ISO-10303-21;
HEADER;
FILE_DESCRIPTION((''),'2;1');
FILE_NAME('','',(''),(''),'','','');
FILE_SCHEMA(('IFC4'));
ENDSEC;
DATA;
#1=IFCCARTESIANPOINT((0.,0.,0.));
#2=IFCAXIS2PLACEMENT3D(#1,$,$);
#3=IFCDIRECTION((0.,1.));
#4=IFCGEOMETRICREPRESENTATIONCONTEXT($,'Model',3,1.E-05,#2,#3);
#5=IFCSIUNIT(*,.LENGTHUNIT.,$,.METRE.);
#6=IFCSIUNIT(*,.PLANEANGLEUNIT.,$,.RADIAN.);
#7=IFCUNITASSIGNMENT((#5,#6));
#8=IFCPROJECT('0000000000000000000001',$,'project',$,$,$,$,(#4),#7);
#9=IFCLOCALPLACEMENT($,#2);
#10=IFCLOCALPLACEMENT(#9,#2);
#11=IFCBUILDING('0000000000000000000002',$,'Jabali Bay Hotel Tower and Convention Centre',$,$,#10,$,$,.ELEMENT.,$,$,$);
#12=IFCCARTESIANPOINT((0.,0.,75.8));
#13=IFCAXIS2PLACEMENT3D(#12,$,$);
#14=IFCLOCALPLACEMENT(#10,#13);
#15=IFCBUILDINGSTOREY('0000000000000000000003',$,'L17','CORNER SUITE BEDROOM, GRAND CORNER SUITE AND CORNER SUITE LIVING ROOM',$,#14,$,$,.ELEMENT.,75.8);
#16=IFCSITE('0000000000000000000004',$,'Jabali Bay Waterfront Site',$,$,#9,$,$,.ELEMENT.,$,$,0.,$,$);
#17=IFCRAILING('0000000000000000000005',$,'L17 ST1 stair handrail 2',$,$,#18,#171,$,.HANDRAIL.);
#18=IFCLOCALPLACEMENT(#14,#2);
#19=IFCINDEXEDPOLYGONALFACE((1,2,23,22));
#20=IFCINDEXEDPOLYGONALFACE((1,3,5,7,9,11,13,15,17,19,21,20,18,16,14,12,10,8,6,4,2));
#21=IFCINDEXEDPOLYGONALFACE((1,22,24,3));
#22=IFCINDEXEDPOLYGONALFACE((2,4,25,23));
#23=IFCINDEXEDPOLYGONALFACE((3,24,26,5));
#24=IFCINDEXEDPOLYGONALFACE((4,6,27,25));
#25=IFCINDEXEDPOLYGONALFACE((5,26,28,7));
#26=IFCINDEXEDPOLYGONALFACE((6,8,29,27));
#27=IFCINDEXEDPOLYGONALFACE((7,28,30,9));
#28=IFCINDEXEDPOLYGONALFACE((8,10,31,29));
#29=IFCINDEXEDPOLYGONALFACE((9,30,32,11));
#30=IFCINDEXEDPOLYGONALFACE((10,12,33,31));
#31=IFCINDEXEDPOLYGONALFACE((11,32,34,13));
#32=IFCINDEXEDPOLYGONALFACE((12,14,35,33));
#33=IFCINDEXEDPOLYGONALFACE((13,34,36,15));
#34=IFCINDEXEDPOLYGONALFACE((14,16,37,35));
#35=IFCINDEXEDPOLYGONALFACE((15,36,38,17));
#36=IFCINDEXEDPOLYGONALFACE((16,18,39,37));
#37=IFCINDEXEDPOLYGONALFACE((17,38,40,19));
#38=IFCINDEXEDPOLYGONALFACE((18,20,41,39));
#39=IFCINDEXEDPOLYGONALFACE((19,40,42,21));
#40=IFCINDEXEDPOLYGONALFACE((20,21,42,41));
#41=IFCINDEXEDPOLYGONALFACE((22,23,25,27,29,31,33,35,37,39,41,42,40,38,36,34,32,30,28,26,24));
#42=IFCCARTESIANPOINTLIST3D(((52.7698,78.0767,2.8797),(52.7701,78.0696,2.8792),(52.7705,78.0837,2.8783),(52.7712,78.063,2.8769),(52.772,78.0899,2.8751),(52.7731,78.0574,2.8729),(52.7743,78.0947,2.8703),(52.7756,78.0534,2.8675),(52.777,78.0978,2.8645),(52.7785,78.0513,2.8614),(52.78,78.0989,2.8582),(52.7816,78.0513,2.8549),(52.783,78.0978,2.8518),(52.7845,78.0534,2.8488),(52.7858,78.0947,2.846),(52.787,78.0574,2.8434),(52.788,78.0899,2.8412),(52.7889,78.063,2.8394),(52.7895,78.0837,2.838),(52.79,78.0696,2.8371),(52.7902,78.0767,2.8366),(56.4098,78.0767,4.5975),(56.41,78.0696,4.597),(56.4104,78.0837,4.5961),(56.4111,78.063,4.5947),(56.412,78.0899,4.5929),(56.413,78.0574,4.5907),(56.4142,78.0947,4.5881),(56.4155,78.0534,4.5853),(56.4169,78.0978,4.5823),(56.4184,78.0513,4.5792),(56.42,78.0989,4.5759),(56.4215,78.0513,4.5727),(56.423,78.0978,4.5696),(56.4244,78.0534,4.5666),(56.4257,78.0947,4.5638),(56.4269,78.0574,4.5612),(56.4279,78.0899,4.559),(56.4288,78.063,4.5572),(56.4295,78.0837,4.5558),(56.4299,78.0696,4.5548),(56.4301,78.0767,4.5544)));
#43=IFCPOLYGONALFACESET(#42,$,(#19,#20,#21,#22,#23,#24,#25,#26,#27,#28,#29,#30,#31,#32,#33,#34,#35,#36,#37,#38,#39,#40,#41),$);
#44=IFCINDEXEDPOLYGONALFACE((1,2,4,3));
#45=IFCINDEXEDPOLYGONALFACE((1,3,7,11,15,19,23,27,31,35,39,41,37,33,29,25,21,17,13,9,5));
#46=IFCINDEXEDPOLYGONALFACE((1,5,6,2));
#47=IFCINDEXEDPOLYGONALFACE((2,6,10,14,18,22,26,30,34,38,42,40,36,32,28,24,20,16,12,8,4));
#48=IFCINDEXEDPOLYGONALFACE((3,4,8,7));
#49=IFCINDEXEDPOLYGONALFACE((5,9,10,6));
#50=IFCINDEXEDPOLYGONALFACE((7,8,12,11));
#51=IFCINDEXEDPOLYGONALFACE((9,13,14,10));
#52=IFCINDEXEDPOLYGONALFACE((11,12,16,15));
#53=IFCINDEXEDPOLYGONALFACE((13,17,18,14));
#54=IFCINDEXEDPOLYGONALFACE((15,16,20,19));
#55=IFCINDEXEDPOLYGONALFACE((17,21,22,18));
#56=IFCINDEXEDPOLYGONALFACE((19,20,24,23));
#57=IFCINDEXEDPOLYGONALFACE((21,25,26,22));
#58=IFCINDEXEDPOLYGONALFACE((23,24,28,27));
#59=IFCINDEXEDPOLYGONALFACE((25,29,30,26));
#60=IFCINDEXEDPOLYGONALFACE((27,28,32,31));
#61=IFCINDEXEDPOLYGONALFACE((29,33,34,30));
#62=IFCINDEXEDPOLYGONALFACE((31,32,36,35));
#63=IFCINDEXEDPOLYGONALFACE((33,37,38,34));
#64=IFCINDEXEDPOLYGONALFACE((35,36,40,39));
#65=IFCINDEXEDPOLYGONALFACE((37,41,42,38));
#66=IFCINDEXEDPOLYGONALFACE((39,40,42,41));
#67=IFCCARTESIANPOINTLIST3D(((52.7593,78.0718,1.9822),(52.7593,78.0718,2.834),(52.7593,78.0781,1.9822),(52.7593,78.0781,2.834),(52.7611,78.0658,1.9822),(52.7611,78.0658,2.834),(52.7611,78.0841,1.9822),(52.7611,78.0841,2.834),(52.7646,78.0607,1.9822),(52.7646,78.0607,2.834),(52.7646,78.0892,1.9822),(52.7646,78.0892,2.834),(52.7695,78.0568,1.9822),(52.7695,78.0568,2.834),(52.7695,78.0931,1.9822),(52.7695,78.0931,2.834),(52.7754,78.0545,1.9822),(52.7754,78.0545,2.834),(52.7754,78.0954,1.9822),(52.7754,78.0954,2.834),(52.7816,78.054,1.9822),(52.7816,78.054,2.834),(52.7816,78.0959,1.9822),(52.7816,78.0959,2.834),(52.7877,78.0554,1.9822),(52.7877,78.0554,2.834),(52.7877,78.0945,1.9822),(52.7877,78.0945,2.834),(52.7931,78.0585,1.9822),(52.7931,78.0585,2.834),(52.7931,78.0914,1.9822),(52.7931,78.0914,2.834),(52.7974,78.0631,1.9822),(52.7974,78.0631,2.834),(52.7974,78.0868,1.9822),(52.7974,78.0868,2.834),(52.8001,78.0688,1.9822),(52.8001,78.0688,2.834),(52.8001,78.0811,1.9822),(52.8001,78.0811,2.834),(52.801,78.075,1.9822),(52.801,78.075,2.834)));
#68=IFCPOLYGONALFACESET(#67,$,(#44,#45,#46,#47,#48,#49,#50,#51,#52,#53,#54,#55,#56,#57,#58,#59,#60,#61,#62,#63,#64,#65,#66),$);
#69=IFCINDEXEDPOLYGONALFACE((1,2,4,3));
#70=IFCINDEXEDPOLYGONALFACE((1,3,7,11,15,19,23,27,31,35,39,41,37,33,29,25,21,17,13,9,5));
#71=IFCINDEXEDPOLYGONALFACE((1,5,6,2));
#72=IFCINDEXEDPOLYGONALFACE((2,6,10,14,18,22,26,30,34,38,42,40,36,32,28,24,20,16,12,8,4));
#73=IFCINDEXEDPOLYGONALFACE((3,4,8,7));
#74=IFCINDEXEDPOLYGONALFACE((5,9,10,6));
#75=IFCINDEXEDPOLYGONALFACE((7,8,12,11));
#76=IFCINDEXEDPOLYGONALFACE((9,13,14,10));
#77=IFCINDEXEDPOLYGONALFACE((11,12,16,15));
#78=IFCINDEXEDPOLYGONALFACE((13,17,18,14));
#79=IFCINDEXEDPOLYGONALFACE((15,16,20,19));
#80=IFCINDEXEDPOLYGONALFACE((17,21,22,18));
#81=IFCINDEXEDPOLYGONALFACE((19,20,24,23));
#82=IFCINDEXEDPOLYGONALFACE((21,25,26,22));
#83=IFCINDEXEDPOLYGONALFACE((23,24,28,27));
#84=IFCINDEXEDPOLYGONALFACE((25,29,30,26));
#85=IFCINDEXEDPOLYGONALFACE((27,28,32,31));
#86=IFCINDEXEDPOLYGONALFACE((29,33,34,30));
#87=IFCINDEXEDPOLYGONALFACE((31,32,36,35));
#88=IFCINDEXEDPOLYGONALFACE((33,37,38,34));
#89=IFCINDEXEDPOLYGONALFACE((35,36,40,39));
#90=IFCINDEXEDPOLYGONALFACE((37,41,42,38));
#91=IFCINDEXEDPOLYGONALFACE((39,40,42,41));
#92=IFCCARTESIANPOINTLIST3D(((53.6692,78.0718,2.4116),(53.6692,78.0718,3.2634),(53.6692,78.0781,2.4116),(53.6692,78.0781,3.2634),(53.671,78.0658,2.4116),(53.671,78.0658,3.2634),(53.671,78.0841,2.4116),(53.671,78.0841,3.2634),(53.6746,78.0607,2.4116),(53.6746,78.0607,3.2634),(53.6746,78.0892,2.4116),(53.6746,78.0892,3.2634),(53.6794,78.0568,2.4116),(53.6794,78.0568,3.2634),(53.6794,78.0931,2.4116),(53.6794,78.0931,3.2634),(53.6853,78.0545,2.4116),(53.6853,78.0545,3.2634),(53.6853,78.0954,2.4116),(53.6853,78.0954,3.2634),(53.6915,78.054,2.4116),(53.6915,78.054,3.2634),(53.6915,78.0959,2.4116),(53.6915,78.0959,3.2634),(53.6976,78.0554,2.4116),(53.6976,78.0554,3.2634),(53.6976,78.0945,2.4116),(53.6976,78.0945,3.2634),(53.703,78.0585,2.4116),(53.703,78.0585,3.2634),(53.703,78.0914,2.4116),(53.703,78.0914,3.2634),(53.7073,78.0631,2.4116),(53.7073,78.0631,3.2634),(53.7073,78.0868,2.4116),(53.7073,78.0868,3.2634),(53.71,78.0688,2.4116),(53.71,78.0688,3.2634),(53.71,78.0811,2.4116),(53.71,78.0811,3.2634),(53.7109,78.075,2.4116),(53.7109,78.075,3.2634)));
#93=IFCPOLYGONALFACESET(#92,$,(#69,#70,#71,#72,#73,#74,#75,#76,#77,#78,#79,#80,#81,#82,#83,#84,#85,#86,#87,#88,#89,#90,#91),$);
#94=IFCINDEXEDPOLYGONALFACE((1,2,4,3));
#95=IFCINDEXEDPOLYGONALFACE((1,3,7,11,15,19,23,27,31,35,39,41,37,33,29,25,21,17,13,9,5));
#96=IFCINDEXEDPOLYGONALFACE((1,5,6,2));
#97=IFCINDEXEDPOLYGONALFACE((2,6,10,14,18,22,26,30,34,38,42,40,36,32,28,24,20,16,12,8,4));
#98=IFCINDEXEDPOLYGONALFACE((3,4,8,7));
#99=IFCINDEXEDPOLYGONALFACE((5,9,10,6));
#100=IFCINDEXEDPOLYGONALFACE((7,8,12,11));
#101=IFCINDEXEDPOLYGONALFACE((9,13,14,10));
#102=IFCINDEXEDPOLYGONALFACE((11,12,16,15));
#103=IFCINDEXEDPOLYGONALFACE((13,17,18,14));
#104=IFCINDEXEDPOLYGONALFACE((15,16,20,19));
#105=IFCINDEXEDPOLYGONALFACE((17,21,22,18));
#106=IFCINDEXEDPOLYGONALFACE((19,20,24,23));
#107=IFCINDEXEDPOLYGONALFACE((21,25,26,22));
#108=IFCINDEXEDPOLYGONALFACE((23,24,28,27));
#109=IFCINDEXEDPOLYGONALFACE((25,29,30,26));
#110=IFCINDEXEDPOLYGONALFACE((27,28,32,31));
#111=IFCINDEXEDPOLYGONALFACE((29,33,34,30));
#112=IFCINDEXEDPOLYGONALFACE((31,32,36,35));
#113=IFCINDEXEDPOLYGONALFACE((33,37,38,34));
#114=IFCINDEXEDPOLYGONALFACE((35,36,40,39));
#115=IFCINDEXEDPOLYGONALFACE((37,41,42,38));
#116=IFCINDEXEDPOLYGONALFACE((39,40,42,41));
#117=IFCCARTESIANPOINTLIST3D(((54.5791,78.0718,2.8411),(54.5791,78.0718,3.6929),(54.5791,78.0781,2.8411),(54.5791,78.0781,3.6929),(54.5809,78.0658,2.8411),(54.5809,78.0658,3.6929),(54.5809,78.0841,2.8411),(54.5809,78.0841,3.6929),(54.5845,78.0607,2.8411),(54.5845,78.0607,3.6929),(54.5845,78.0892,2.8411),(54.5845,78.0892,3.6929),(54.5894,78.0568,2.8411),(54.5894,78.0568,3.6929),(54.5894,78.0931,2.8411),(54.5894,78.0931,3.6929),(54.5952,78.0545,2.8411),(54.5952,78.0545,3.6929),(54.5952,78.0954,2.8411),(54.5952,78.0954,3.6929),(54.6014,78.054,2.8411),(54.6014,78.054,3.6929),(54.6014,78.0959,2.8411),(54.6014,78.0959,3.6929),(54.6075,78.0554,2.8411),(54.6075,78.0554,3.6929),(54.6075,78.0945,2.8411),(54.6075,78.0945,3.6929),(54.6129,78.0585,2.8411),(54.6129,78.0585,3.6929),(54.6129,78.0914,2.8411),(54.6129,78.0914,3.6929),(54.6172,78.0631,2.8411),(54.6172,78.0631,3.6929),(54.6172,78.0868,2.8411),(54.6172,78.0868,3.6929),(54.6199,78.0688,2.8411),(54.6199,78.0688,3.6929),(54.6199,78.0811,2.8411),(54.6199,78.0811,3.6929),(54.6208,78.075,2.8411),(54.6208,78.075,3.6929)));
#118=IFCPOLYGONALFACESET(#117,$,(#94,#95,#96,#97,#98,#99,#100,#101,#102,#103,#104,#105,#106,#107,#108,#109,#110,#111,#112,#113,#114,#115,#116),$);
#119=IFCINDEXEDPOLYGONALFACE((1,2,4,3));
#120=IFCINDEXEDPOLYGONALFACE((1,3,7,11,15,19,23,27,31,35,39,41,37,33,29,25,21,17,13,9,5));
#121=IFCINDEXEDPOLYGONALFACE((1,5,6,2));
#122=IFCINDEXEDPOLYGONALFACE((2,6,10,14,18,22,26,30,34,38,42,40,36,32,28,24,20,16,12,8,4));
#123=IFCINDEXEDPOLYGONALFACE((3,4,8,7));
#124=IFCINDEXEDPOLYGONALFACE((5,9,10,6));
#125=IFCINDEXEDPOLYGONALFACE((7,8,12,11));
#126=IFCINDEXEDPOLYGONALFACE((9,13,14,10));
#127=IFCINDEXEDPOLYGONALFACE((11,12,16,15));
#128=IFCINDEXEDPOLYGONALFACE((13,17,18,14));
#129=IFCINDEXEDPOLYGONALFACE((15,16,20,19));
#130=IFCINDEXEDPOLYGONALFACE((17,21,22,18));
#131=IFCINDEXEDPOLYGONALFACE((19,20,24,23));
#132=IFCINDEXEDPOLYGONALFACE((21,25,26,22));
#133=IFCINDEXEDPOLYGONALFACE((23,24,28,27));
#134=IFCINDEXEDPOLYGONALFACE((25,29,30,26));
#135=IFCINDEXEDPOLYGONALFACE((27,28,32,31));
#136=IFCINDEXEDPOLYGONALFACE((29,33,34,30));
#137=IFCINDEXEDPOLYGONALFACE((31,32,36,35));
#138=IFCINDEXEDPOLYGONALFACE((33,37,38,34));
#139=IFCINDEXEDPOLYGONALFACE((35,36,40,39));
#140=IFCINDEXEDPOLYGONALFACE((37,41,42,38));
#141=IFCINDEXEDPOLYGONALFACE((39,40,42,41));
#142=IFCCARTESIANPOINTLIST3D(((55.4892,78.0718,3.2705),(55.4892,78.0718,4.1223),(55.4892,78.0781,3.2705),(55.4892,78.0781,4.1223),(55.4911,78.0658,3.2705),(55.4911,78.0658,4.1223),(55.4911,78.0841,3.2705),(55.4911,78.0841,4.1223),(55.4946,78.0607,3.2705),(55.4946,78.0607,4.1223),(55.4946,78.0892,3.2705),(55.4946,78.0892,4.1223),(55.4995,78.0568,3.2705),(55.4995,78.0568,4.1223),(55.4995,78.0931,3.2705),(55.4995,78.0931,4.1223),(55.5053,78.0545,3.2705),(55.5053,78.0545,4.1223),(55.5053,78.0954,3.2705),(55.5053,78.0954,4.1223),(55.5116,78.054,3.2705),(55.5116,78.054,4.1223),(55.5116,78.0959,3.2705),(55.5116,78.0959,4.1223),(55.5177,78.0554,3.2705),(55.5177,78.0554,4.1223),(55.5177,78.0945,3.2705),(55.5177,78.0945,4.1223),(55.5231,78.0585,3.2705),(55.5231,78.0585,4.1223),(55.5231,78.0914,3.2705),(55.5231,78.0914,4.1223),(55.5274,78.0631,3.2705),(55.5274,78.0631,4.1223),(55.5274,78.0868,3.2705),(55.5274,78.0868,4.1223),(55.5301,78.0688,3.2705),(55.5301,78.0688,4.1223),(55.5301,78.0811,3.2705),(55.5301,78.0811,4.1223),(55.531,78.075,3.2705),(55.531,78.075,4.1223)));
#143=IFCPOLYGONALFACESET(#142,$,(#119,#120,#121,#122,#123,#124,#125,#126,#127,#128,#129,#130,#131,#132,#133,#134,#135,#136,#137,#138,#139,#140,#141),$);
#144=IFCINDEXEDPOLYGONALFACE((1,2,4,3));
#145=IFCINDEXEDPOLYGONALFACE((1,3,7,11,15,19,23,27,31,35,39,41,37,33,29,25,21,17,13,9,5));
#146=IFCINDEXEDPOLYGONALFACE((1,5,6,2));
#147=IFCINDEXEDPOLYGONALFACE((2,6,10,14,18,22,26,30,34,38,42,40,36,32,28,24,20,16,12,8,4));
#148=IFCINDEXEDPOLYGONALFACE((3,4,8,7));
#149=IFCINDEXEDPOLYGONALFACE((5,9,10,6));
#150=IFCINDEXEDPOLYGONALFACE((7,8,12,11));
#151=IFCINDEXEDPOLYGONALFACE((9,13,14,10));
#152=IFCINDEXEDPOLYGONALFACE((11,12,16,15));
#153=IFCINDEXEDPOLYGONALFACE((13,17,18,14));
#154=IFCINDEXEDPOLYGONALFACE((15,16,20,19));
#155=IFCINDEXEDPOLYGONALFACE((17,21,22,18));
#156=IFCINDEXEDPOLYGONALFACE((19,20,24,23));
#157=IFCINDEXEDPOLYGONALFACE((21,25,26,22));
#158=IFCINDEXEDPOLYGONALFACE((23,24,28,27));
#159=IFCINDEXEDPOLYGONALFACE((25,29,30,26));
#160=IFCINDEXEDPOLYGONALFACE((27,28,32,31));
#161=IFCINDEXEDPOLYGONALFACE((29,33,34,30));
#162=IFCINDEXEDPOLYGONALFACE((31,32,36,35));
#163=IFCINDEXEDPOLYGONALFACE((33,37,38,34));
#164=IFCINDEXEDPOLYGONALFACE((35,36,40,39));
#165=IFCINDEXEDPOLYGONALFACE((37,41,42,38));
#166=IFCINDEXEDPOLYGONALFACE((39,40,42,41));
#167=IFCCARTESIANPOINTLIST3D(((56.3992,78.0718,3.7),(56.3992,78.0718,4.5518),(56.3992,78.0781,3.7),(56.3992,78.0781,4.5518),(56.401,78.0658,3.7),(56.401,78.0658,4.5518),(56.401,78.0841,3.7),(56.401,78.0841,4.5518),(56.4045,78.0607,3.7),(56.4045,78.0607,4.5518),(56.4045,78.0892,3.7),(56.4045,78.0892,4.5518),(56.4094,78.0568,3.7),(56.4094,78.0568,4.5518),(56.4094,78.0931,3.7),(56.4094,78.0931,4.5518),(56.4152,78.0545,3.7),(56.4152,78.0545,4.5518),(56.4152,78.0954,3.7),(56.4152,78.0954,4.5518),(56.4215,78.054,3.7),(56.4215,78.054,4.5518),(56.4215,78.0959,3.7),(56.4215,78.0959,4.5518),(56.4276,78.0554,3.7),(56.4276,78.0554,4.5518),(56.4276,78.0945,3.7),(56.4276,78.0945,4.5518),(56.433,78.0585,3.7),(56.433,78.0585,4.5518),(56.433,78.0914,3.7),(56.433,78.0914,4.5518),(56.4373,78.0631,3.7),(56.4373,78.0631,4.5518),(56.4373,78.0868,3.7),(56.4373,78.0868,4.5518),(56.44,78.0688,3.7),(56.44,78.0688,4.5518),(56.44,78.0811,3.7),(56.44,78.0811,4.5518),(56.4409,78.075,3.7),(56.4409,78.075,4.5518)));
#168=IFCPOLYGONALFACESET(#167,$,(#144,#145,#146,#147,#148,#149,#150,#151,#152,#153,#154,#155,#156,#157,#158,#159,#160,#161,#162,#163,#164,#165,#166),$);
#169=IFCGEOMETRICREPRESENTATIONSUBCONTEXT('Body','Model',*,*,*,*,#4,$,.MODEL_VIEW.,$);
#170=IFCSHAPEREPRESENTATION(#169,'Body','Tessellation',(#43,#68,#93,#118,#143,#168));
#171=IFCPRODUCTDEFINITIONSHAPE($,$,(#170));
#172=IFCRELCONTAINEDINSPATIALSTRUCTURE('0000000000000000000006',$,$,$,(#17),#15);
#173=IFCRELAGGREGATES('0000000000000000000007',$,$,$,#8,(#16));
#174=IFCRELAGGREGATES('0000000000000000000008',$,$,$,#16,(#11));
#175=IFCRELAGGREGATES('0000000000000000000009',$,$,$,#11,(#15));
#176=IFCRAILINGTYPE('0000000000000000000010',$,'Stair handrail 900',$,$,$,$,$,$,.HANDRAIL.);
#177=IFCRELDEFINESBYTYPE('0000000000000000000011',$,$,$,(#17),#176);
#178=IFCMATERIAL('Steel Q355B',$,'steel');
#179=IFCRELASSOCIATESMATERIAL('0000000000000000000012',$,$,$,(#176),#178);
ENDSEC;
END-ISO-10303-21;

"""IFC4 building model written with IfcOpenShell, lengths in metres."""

from ifc_helpers import new_model, si_unit, direction, frame, origin, origin_2d, place, context, subcontext, project, spatial, circle, extrude, material, type_object, element, save


model = new_model("IFC4")

# Units and contexts
model_context = context("Model", 3, precision=1e-05, world=origin(), true_north=direction((0.0, 1.0)))
body_context = subcontext(model_context, "Body", "Model", "MODEL_VIEW")
ifc_project = project(units=[si_unit("LENGTHUNIT", "METRE"), si_unit("PLANEANGLEUNIT", "RADIAN")], contexts=[model_context])

# Site, building, storey
site_placement = place(None, origin())
site = spatial("IfcSite", under=ifc_project, at=site_placement, Name="Jabali Bay Waterfront Site", CompositionType="ELEMENT", RefElevation=0.0)
building_placement = place(site_placement, origin())
building = spatial("IfcBuilding", under=site, at=building_placement, Name="Jabali Bay Hotel Tower and Convention Centre", CompositionType="ELEMENT")
storey_placement = place(building_placement, frame((0.0, 0.0, 75.8)))
storey = spatial("IfcBuildingStorey", under=building, at=storey_placement, Name="L17", Description="CORNER SUITE BEDROOM, GRAND CORNER SUITE AND CORNER SUITE LIVING ROOM", CompositionType="ELEMENT", Elevation=75.8)

# Railing
ifc_material_1 = material(Name="Steel Q355B", Category="steel")
railing_type = type_object("IfcRailingType", Name="Stair handrail 900", PredefinedType="HANDRAIL", material=ifc_material_1)
railing_placement = place(storey_placement, frame((52.78, 78.075, 1.9822)))
element("IfcRailing", 1, at=railing_placement, inside=storey, type_object=railing_type, Name="L17 ST1 stair handrail 2", PredefinedType="HANDRAIL", context=body_context, shape_type="SweptSolid", body=[
    extrude(circle(Radius=0.0239, at=origin_2d()), frame((0.0, 0.0, 0.876), z_axis=(0.904351, 0.0, 0.42679), x_axis=(0.0, 1.0, 0.0)), (0.0, 0.0, 1.0), 4.0249),
    extrude(circle(Radius=0.021, at=origin_2d()), origin(), (0.0, 0.0, 1.0), 0.8518),
    extrude(circle(Radius=0.021, at=origin_2d()), frame((0.9099, 0.0, 0.4294)), (0.0, 0.0, 1.0), 0.8518),
    extrude(circle(Radius=0.021, at=origin_2d()), frame((1.8198, 0.0, 0.8589)), (0.0, 0.0, 1.0), 0.8518),
    extrude(circle(Radius=0.021, at=origin_2d()), frame((2.73, 0.0, 1.2883)), (0.0, 0.0, 1.0), 0.8518),
    extrude(circle(Radius=0.021, at=origin_2d()), frame((3.6399, 0.0, 1.7178)), (0.0, 0.0, 1.0), 0.8518),
])

save(model, "model.ifc")
